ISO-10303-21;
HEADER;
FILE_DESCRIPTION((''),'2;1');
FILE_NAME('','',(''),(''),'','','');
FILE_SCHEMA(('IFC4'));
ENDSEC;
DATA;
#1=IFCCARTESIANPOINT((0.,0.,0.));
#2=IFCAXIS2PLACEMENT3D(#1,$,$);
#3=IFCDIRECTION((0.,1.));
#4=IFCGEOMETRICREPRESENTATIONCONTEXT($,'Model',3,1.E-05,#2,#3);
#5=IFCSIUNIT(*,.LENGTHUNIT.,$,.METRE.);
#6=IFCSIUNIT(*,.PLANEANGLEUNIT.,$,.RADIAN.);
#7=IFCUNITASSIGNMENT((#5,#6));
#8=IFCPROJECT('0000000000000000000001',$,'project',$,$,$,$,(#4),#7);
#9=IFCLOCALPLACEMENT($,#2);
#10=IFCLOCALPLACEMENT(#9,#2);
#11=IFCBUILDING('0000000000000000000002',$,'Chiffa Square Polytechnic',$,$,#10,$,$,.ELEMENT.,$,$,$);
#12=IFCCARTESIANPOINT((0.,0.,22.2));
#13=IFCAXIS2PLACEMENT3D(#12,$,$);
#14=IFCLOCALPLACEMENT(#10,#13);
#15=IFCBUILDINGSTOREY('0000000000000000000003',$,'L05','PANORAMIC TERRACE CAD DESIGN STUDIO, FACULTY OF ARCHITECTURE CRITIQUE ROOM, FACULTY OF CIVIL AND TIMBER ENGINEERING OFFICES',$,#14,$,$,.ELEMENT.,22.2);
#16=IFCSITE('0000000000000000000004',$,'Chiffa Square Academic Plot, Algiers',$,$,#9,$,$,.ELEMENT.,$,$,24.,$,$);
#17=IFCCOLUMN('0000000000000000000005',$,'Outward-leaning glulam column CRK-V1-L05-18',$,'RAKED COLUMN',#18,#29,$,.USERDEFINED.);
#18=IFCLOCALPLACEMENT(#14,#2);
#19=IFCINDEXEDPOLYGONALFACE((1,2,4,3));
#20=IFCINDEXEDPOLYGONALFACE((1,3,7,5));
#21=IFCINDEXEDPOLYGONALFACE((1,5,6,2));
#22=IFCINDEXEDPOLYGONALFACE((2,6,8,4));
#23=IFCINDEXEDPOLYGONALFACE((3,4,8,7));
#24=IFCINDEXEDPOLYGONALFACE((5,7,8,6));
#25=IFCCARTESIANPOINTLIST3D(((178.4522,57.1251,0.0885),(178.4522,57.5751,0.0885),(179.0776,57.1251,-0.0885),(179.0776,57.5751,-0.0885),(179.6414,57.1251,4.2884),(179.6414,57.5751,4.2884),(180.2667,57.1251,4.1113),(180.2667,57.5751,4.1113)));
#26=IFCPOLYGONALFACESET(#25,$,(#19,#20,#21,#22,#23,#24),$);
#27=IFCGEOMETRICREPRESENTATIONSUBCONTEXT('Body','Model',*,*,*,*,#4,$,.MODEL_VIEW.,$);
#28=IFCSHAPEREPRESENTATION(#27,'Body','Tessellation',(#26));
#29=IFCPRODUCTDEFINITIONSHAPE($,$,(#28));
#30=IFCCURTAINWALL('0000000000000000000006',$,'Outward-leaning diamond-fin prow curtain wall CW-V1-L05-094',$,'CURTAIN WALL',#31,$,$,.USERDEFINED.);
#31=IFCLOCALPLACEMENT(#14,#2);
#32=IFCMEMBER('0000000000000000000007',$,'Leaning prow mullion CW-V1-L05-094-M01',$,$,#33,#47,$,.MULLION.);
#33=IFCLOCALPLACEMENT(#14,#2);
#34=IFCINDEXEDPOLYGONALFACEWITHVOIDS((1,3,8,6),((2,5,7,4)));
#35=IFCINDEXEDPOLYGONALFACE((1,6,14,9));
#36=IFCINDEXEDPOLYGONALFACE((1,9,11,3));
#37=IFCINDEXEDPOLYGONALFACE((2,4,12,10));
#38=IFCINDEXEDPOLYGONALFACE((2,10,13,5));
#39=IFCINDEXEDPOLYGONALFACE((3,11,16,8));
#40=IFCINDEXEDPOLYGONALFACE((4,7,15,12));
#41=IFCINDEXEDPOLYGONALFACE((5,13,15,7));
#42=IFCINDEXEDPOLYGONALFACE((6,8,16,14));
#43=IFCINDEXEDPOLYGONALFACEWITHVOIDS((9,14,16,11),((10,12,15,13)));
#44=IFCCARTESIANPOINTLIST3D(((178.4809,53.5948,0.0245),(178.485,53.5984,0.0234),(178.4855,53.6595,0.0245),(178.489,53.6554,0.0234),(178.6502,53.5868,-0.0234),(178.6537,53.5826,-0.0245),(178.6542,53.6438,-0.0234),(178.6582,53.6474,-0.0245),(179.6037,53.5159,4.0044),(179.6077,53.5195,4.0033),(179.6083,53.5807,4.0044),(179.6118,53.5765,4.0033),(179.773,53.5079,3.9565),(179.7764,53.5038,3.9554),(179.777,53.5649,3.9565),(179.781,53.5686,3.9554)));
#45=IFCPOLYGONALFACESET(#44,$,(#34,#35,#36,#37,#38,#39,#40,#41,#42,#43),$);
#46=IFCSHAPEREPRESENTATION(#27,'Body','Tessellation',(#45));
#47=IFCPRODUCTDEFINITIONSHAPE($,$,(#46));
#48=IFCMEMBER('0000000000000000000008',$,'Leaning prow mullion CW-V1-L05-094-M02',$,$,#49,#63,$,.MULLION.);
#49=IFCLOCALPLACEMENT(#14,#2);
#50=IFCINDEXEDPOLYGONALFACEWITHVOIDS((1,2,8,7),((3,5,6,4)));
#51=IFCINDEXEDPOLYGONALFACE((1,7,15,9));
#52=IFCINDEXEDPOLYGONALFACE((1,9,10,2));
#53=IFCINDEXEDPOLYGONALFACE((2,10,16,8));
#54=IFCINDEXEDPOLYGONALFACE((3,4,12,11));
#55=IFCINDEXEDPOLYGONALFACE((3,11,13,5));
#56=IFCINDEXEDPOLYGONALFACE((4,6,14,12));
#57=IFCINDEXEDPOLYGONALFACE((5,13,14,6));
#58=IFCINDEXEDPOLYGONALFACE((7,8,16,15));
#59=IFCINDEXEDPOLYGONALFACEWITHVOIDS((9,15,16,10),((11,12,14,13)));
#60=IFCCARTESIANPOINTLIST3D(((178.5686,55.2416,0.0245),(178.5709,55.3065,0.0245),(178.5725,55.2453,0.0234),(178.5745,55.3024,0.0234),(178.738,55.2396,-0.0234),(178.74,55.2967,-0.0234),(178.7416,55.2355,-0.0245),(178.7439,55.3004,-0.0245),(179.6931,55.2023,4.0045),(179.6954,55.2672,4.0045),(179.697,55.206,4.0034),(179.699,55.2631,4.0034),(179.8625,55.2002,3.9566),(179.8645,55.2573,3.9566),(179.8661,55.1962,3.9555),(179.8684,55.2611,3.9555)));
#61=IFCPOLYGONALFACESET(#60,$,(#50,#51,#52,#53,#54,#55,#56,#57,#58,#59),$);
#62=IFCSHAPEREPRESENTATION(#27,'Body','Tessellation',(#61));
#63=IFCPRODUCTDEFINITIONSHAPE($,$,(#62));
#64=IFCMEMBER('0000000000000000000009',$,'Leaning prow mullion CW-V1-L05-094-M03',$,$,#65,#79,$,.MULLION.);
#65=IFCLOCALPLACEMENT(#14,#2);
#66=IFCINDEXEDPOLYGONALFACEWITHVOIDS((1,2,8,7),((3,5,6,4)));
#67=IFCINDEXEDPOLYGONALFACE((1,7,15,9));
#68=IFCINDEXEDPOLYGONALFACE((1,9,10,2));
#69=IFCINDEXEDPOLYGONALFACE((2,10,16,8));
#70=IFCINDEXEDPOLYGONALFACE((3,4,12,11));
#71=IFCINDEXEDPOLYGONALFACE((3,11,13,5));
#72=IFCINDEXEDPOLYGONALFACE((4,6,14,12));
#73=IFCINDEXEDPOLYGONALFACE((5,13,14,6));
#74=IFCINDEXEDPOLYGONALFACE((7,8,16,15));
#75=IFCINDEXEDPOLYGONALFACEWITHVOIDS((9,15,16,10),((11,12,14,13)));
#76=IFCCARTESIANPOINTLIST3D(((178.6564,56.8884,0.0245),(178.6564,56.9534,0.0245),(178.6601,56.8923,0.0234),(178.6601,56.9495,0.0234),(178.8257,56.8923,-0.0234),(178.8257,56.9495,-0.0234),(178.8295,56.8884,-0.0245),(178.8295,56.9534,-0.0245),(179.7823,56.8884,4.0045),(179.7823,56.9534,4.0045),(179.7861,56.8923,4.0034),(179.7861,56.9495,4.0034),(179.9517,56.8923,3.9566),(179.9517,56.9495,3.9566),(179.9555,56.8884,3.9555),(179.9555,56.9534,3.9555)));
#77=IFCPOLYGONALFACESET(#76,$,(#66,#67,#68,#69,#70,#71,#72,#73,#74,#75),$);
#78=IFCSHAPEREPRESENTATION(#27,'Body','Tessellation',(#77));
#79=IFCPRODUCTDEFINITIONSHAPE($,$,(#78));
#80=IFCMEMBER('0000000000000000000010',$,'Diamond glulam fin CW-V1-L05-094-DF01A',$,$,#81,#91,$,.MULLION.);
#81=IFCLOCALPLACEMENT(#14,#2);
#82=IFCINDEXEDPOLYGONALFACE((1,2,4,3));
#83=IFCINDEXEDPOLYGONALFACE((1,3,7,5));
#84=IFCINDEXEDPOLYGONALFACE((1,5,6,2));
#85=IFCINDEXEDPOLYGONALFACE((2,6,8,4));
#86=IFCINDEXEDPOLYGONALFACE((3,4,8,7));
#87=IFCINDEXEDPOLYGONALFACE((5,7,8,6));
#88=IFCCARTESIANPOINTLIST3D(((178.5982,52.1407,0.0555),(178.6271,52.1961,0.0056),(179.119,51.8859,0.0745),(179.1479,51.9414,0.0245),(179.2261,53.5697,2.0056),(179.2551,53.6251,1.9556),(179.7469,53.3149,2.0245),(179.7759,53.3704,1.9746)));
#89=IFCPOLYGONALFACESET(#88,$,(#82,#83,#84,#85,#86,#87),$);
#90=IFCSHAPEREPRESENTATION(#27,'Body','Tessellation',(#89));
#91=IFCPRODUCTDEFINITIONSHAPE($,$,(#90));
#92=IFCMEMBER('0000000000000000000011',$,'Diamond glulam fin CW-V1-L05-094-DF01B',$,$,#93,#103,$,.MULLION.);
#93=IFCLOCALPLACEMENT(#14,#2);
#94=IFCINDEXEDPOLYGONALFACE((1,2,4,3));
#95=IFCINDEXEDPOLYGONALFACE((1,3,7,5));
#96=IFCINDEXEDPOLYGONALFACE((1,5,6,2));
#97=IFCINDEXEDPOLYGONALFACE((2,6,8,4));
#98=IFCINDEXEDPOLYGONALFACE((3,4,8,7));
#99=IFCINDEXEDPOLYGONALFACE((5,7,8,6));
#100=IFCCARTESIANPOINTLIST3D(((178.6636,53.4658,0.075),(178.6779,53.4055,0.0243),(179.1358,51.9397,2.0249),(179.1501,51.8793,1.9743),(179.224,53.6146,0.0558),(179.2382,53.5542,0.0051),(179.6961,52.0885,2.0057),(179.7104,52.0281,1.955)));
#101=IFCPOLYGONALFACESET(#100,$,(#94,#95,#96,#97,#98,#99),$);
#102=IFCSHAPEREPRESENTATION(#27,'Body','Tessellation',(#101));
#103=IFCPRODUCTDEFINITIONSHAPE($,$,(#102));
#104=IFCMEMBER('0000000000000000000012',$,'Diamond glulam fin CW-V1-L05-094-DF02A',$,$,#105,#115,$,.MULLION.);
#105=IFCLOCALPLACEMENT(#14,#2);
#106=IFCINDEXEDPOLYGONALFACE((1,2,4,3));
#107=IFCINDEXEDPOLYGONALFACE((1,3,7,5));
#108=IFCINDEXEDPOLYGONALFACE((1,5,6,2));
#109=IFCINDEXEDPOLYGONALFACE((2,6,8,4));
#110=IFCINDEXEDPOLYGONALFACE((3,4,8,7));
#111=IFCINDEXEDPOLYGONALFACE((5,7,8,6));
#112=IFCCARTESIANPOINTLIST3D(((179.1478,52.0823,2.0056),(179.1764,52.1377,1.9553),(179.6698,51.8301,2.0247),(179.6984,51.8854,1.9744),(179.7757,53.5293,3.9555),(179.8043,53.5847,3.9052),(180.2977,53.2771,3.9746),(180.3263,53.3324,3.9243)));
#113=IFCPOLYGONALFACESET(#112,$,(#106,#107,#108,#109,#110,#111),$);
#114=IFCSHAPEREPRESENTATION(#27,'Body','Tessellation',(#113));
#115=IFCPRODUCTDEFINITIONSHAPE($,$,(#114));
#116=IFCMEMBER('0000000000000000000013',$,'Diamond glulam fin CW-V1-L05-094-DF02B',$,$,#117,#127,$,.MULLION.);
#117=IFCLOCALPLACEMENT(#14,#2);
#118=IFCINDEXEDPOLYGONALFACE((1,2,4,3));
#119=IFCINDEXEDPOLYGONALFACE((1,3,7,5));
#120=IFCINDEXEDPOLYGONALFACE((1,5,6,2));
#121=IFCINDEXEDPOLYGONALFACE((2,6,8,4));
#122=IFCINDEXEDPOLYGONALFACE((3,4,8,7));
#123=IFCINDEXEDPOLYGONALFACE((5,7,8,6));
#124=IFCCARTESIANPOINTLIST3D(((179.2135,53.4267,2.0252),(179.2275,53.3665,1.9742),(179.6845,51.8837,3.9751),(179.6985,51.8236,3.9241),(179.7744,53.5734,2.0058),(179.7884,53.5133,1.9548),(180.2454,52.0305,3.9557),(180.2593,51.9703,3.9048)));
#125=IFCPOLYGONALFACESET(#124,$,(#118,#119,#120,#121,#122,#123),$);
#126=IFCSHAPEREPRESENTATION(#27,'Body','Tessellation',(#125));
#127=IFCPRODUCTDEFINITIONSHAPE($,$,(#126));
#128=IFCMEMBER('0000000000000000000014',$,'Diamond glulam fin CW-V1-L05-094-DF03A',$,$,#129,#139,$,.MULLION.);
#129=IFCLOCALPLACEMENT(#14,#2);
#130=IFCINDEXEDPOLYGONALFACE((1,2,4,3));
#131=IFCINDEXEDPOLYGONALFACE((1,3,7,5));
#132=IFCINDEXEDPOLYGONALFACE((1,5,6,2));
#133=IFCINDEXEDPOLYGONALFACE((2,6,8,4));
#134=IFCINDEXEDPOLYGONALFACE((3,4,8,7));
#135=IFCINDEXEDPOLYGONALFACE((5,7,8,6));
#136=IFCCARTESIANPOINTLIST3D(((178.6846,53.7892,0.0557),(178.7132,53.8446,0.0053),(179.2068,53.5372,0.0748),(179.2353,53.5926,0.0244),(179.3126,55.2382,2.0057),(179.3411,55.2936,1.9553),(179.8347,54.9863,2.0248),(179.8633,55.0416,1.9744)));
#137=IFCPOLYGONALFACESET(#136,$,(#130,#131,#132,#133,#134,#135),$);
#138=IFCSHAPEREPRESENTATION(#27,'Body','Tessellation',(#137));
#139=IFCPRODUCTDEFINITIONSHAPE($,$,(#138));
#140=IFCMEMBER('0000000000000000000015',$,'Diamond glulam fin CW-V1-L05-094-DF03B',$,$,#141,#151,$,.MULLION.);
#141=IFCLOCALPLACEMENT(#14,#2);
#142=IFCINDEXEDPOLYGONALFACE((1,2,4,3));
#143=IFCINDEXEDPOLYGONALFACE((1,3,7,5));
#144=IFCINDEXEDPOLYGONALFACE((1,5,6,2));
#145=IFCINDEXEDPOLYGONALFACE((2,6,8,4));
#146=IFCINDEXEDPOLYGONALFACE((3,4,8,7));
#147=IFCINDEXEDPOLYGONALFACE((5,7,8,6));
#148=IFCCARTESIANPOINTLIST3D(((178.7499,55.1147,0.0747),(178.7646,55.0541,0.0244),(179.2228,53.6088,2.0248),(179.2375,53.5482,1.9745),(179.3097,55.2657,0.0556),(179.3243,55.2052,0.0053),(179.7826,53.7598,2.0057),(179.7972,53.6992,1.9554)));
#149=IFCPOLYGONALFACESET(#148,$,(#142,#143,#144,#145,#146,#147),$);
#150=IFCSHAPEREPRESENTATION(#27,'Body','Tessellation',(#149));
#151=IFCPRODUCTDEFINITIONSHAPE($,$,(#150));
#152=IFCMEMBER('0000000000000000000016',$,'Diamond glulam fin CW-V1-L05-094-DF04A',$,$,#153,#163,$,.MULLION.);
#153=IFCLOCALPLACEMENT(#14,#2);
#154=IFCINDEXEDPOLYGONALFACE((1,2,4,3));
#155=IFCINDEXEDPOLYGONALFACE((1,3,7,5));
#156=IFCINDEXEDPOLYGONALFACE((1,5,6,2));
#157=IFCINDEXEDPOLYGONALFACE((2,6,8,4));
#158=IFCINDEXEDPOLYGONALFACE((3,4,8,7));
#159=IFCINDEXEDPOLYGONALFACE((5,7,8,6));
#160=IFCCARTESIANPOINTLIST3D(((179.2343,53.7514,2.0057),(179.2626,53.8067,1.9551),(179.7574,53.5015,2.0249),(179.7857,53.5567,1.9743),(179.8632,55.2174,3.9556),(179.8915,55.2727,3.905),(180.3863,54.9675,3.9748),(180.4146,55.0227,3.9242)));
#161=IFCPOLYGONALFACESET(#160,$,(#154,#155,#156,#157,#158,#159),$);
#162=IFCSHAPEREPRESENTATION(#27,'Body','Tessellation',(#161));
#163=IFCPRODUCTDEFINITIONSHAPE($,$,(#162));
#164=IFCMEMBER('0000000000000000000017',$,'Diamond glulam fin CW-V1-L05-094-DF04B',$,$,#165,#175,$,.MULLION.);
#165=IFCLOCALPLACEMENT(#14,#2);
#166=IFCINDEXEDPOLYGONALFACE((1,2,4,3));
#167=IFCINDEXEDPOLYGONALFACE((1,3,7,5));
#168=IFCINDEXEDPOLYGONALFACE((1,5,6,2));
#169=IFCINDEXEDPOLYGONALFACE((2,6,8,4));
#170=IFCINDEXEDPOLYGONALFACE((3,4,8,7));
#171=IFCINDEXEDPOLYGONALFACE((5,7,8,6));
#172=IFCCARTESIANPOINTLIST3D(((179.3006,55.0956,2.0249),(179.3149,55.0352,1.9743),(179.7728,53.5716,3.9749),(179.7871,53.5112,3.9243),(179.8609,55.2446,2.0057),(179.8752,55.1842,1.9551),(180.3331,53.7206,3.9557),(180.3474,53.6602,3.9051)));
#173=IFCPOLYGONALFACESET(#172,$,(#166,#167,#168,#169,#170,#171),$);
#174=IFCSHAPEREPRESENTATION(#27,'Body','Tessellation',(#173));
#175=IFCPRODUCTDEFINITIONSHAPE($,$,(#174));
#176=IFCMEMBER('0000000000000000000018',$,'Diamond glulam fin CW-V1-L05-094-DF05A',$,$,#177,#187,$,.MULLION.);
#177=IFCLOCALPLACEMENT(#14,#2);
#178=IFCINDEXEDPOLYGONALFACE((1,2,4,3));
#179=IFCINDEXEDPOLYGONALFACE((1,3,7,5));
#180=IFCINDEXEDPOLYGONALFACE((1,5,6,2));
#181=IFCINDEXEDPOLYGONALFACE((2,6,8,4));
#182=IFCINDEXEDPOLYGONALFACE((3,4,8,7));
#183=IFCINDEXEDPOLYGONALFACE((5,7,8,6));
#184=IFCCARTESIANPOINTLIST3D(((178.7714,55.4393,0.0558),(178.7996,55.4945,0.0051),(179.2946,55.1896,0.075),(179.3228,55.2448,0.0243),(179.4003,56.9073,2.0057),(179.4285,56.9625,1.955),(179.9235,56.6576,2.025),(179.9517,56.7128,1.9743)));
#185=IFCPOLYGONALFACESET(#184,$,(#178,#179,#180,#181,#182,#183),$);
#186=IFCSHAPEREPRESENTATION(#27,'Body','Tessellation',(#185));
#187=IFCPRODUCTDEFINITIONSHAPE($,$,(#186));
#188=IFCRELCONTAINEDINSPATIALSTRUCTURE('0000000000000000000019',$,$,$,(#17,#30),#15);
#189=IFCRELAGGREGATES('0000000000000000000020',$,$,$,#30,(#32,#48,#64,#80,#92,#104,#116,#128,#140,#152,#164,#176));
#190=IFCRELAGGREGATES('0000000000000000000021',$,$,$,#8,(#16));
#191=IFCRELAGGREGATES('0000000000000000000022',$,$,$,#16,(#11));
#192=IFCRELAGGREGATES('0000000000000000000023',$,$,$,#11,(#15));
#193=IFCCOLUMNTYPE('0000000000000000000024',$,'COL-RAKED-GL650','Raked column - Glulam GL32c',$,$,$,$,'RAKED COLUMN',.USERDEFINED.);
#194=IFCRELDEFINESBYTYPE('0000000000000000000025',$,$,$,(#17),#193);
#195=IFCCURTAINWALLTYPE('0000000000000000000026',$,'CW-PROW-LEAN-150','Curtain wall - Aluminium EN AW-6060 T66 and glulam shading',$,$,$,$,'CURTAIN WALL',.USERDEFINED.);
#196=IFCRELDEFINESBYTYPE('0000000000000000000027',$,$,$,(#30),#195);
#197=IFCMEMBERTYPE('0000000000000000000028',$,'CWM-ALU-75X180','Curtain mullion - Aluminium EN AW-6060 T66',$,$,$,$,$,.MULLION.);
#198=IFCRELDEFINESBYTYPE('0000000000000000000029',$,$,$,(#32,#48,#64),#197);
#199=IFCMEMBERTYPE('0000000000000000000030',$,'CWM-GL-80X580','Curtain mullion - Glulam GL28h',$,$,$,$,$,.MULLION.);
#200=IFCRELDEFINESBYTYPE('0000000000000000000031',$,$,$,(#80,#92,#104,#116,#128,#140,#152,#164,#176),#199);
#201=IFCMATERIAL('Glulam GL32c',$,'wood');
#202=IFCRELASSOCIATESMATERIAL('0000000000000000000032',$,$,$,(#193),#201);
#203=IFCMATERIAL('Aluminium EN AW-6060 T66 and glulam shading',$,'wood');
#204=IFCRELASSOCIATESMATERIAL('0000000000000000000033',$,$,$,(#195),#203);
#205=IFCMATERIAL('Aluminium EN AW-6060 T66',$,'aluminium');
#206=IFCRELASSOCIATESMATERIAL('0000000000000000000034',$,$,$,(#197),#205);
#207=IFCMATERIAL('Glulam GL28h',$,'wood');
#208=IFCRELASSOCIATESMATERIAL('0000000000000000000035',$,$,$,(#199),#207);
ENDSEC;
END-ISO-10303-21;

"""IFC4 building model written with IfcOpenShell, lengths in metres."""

from ifc_helpers import new_model, si_unit, direction, frame, origin, origin_2d, place, context, subcontext, project, spatial, rectangle, hollow_rectangle, extrude, material, material_profile, profile_set, type_object, element, aggregate, save


model = new_model("IFC4")

# Units and contexts
model_context = context("Model", 3, precision=1e-05, world=origin(), true_north=direction((0.0, 1.0)))
body_context = subcontext(model_context, "Body", "Model", "MODEL_VIEW")
ifc_project = project(units=[si_unit("LENGTHUNIT", "METRE"), si_unit("PLANEANGLEUNIT", "RADIAN")], contexts=[model_context])

# Site, building, storey
site_placement = place(None, origin())
site = spatial("IfcSite", under=ifc_project, at=site_placement, Name="Chiffa Square Academic Plot, Algiers", CompositionType="ELEMENT", RefElevation=24.0)
building_placement = place(site_placement, origin())
building = spatial("IfcBuilding", under=site, at=building_placement, Name="Chiffa Square Polytechnic", CompositionType="ELEMENT")
storey_placement = place(building_placement, frame((0.0, 0.0, 22.2)))
storey = spatial("IfcBuildingStorey", under=building, at=storey_placement, Name="L05", Description="PANORAMIC TERRACE CAD DESIGN STUDIO, FACULTY OF ARCHITECTURE CRITIQUE ROOM, FACULTY OF CIVIL AND TIMBER ENGINEERING OFFICES", CompositionType="ELEMENT", Elevation=22.2)

# Column
ifc_material_1 = material(Name="Glulam GL32c", Category="wood")
ifc_material_profile_1 = material_profile(ifc_material_1, rectangle(XDim=0.45, YDim=0.6499, at=origin_2d()), Name="GL32c 450x650")
ifc_profile_set_1 = profile_set([ifc_material_profile_1], Name="Glulam GL32c")
column_type = type_object("IfcColumnType", Name="COL-RAKED-GL650", Description="Raked column - Glulam GL32c", ElementType="RAKED COLUMN", PredefinedType="USERDEFINED", material=ifc_profile_set_1)
column_placement = place(storey_placement, frame((178.7649, 57.3501, 0.0), z_axis=(0.272438, 0.0, 0.962173), x_axis=(0.0, 1.0, 0.0)))
element("IfcColumn", 1, at=column_placement, inside=storey, type_object=column_type, Name="Outward-leaning glulam column CRK-V1-L05-18", ObjectType="RAKED COLUMN", PredefinedType="USERDEFINED", context=body_context, shape_type="SweptSolid", body=[
    extrude(rectangle(XDim=0.45, YDim=0.6499, at=origin_2d()), origin(), (0.0, 0.0, 1.0), 4.365),
])

# Curtain wall, members
ifc_material_2 = material(Name="Aluminium EN AW-6060 T66 and glulam shading", Category="wood")
curtain_wall_type = type_object("IfcCurtainWallType", Name="CW-PROW-LEAN-150", Description="Curtain wall - Aluminium EN AW-6060 T66 and glulam shading", ElementType="CURTAIN WALL", PredefinedType="USERDEFINED", material=ifc_material_2)
curtain_wall_placement = place(storey_placement, origin())
curtain_wall = element("IfcCurtainWall", 2, at=curtain_wall_placement, inside=storey, type_object=curtain_wall_type, Name="Outward-leaning diamond-fin prow curtain wall CW-V1-L05-094", ObjectType="CURTAIN WALL", PredefinedType="USERDEFINED")
ifc_material_3 = material(Name="Aluminium EN AW-6060 T66", Category="aluminium")
ifc_material_profile_2 = material_profile(ifc_material_3, hollow_rectangle(XDim=0.0649, YDim=0.1799, WallThickness=0.0039, at=origin_2d()), Name="ALU 65x180x4")
ifc_profile_set_2 = profile_set([ifc_material_profile_2], Name="Aluminium EN AW-6060 T66")
member_type_1 = type_object("IfcMemberType", Name="CWM-ALU-75X180", Description="Curtain mullion - Aluminium EN AW-6060 T66", PredefinedType="MULLION", material=ifc_profile_set_2)
member_1_placement = place(storey_placement, frame((178.5696, 53.6211, 0.0), z_axis=(0.271465, -0.019066, 0.962259), x_axis=(0.07006, 0.997543, 0.0)))
member_1 = element("IfcMember", 3, at=member_1_placement, type_object=member_type_1, Name="Leaning prow mullion CW-V1-L05-094-M01", PredefinedType="MULLION", context=body_context, shape_type="SweptSolid", body=[
    extrude(hollow_rectangle(XDim=0.0649, YDim=0.1799, WallThickness=0.0039, at=origin_2d()), origin(), (0.0, 0.0, 1.0), 4.136),
])
member_2_placement = place(storey_placement, frame((178.6562, 55.271, 0.0), z_axis=(0.271885, -0.009504, 0.962283), x_axis=(0.034933, 0.99939, 0.0)))
member_2 = element("IfcMember", 4, at=member_2_placement, type_object=member_type_1, Name="Leaning prow mullion CW-V1-L05-094-M02", PredefinedType="MULLION", context=body_context, shape_type="SweptSolid", body=[
    extrude(hollow_rectangle(XDim=0.0649, YDim=0.1799, WallThickness=0.0039, at=origin_2d()), origin(), (0.0, 0.0, 1.0), 4.136),
])
member_3_placement = place(storey_placement, frame((178.7429, 56.9209, 0.0), z_axis=(0.272226, 0.0, 0.962233), x_axis=(0.0, 1.0, 0.0)))
member_3 = element("IfcMember", 5, at=member_3_placement, type_object=member_type_1, Name="Leaning prow mullion CW-V1-L05-094-M03", PredefinedType="MULLION", context=body_context, shape_type="SweptSolid", body=[
    extrude(hollow_rectangle(XDim=0.0649, YDim=0.1799, WallThickness=0.0039, at=origin_2d()), origin(), (0.0, 0.0, 1.0), 4.1362),
])
ifc_material_4 = material(Name="Glulam GL28h", Category="wood")
ifc_material_profile_3 = material_profile(ifc_material_4, rectangle(XDim=0.0801, YDim=0.5801, at=origin_2d()), Name="GL28h 80x580")
ifc_profile_set_3 = profile_set([ifc_material_profile_3], Name="Glulam GL28h")
member_type_2 = type_object("IfcMemberType", Name="CWM-GL-80X580", Description="Curtain mullion - Glulam GL28h", PredefinedType="MULLION", material=ifc_profile_set_3)
member_4_placement = place(storey_placement, frame((178.873, 52.041, 0.04), z_axis=(0.251403, 0.572108, 0.780698), x_axis=(-0.361561, -0.692699, 0.624052)))
member_4 = element("IfcMember", 6, at=member_4_placement, type_object=member_type_2, Name="Diamond glulam fin CW-V1-L05-094-DF01A", PredefinedType="MULLION", context=body_context, shape_type="SweptSolid", body=[
    extrude(rectangle(XDim=0.0801, YDim=0.5801, at=origin_2d()), origin(), (0.0, 0.0, 1.0), 2.4978),
])
member_5_placement = place(storey_placement, frame((178.9509, 53.51, 0.04), z_axis=(0.187311, -0.605418, 0.773552), x_axis=(-0.178326, 0.753448, 0.632864)))
member_5 = element("IfcMember", 7, at=member_5_placement, type_object=member_type_2, Name="Diamond glulam fin CW-V1-L05-094-DF01B", PredefinedType="MULLION", context=body_context, shape_type="SweptSolid", body=[
    extrude(rectangle(XDim=0.0801, YDim=0.5801, at=origin_2d()), origin(), (0.0, 0.0, 1.0), 2.5208),
])
member_6_placement = place(storey_placement, frame((179.4231, 51.9839, 1.99), z_axis=(0.250362, 0.576943, 0.777467), x_axis=(-0.357081, -0.691398, 0.628062)))
member_6 = element("IfcMember", 8, at=member_6_placement, type_object=member_type_2, Name="Diamond glulam fin CW-V1-L05-094-DF02A", PredefinedType="MULLION", context=body_context, shape_type="SweptSolid", body=[
    extrude(rectangle(XDim=0.0801, YDim=0.5801, at=origin_2d()), origin(), (0.0, 0.0, 1.0), 2.5081),
])
member_7_placement = place(storey_placement, frame((179.501, 53.47, 1.99), z_axis=(0.186088, -0.609681, 0.770494), x_axis=(-0.174563, 0.7512, 0.636574)))
member_7 = element("IfcMember", 9, at=member_7_placement, type_object=member_type_2, Name="Diamond glulam fin CW-V1-L05-094-DF02B", PredefinedType="MULLION", context=body_context, shape_type="SweptSolid", body=[
    extrude(rectangle(XDim=0.0801, YDim=0.5801, at=origin_2d()), origin(), (0.0, 0.0, 1.0), 2.5308),
])
member_8_placement = place(storey_placement, frame((178.96, 53.6909, 0.04), z_axis=(0.25025, 0.577463, 0.777118), x_axis=(-0.356602, -0.691254, 0.628493)))
member_8 = element("IfcMember", 10, at=member_8_placement, type_object=member_type_2, Name="Diamond glulam fin CW-V1-L05-094-DF03A", PredefinedType="MULLION", context=body_context, shape_type="SweptSolid", body=[
    extrude(rectangle(XDim=0.0801, YDim=0.5801, at=origin_2d()), origin(), (0.0, 0.0, 1.0), 2.5093),
])
member_9_placement = place(storey_placement, frame((179.0371, 55.1599, 0.04), z_axis=(0.188504, -0.600256, 0.777277), x_axis=(-0.182632, 0.756233, 0.628297)))
member_9 = element("IfcMember", 11, at=member_9_placement, type_object=member_type_2, Name="Diamond glulam fin CW-V1-L05-094-DF03B", PredefinedType="MULLION", context=body_context, shape_type="SweptSolid", body=[
    extrude(rectangle(XDim=0.0801, YDim=0.5801, at=origin_2d()), origin(), (0.0, 0.0, 1.0), 2.5088),
])
member_10_placement = place(storey_placement, frame((179.51, 53.6541, 1.99), z_axis=(0.249629, 0.581919, 0.773987), x_axis=(-0.35281, -0.689694, 0.632334)))
member_10 = element("IfcMember", 12, at=member_10_placement, type_object=member_type_2, Name="Diamond glulam fin CW-V1-L05-094-DF04A", PredefinedType="MULLION", context=body_context, shape_type="SweptSolid", body=[
    extrude(rectangle(XDim=0.0801, YDim=0.5801, at=origin_2d()), origin(), (0.0, 0.0, 1.0), 2.5193),
])
member_11_placement = place(storey_placement, frame((179.5879, 55.1399, 1.99), z_axis=(0.18741, -0.604866, 0.773961), x_axis=(-0.178753, 0.753764, 0.632366)))
member_11 = element("IfcMember", 13, at=member_11_placement, type_object=member_type_2, Name="Diamond glulam fin CW-V1-L05-094-DF04B", PredefinedType="MULLION", context=body_context, shape_type="SweptSolid", body=[
    extrude(rectangle(XDim=0.0801, YDim=0.5801, at=origin_2d()), origin(), (0.0, 0.0, 1.0), 2.5195),
])
member_12_placement = place(storey_placement, frame((179.0471, 55.342, 0.04), z_axis=(0.249517, 0.582432, 0.773637), x_axis=(-0.35234, -0.689544, 0.63276)))
member_12 = element("IfcMember", 14, at=member_12_placement, type_object=member_type_2, Name="Diamond glulam fin CW-V1-L05-094-DF05A", PredefinedType="MULLION", context=body_context, shape_type="SweptSolid", body=[
    extrude(rectangle(XDim=0.0801, YDim=0.5801, at=origin_2d()), origin(), (0.0, 0.0, 1.0), 2.5205),
])
aggregate(curtain_wall, [member_1, member_2, member_3, member_4, member_5, member_6, member_7, member_8, member_9, member_10, member_11, member_12])

save(model, "model.ifc")
